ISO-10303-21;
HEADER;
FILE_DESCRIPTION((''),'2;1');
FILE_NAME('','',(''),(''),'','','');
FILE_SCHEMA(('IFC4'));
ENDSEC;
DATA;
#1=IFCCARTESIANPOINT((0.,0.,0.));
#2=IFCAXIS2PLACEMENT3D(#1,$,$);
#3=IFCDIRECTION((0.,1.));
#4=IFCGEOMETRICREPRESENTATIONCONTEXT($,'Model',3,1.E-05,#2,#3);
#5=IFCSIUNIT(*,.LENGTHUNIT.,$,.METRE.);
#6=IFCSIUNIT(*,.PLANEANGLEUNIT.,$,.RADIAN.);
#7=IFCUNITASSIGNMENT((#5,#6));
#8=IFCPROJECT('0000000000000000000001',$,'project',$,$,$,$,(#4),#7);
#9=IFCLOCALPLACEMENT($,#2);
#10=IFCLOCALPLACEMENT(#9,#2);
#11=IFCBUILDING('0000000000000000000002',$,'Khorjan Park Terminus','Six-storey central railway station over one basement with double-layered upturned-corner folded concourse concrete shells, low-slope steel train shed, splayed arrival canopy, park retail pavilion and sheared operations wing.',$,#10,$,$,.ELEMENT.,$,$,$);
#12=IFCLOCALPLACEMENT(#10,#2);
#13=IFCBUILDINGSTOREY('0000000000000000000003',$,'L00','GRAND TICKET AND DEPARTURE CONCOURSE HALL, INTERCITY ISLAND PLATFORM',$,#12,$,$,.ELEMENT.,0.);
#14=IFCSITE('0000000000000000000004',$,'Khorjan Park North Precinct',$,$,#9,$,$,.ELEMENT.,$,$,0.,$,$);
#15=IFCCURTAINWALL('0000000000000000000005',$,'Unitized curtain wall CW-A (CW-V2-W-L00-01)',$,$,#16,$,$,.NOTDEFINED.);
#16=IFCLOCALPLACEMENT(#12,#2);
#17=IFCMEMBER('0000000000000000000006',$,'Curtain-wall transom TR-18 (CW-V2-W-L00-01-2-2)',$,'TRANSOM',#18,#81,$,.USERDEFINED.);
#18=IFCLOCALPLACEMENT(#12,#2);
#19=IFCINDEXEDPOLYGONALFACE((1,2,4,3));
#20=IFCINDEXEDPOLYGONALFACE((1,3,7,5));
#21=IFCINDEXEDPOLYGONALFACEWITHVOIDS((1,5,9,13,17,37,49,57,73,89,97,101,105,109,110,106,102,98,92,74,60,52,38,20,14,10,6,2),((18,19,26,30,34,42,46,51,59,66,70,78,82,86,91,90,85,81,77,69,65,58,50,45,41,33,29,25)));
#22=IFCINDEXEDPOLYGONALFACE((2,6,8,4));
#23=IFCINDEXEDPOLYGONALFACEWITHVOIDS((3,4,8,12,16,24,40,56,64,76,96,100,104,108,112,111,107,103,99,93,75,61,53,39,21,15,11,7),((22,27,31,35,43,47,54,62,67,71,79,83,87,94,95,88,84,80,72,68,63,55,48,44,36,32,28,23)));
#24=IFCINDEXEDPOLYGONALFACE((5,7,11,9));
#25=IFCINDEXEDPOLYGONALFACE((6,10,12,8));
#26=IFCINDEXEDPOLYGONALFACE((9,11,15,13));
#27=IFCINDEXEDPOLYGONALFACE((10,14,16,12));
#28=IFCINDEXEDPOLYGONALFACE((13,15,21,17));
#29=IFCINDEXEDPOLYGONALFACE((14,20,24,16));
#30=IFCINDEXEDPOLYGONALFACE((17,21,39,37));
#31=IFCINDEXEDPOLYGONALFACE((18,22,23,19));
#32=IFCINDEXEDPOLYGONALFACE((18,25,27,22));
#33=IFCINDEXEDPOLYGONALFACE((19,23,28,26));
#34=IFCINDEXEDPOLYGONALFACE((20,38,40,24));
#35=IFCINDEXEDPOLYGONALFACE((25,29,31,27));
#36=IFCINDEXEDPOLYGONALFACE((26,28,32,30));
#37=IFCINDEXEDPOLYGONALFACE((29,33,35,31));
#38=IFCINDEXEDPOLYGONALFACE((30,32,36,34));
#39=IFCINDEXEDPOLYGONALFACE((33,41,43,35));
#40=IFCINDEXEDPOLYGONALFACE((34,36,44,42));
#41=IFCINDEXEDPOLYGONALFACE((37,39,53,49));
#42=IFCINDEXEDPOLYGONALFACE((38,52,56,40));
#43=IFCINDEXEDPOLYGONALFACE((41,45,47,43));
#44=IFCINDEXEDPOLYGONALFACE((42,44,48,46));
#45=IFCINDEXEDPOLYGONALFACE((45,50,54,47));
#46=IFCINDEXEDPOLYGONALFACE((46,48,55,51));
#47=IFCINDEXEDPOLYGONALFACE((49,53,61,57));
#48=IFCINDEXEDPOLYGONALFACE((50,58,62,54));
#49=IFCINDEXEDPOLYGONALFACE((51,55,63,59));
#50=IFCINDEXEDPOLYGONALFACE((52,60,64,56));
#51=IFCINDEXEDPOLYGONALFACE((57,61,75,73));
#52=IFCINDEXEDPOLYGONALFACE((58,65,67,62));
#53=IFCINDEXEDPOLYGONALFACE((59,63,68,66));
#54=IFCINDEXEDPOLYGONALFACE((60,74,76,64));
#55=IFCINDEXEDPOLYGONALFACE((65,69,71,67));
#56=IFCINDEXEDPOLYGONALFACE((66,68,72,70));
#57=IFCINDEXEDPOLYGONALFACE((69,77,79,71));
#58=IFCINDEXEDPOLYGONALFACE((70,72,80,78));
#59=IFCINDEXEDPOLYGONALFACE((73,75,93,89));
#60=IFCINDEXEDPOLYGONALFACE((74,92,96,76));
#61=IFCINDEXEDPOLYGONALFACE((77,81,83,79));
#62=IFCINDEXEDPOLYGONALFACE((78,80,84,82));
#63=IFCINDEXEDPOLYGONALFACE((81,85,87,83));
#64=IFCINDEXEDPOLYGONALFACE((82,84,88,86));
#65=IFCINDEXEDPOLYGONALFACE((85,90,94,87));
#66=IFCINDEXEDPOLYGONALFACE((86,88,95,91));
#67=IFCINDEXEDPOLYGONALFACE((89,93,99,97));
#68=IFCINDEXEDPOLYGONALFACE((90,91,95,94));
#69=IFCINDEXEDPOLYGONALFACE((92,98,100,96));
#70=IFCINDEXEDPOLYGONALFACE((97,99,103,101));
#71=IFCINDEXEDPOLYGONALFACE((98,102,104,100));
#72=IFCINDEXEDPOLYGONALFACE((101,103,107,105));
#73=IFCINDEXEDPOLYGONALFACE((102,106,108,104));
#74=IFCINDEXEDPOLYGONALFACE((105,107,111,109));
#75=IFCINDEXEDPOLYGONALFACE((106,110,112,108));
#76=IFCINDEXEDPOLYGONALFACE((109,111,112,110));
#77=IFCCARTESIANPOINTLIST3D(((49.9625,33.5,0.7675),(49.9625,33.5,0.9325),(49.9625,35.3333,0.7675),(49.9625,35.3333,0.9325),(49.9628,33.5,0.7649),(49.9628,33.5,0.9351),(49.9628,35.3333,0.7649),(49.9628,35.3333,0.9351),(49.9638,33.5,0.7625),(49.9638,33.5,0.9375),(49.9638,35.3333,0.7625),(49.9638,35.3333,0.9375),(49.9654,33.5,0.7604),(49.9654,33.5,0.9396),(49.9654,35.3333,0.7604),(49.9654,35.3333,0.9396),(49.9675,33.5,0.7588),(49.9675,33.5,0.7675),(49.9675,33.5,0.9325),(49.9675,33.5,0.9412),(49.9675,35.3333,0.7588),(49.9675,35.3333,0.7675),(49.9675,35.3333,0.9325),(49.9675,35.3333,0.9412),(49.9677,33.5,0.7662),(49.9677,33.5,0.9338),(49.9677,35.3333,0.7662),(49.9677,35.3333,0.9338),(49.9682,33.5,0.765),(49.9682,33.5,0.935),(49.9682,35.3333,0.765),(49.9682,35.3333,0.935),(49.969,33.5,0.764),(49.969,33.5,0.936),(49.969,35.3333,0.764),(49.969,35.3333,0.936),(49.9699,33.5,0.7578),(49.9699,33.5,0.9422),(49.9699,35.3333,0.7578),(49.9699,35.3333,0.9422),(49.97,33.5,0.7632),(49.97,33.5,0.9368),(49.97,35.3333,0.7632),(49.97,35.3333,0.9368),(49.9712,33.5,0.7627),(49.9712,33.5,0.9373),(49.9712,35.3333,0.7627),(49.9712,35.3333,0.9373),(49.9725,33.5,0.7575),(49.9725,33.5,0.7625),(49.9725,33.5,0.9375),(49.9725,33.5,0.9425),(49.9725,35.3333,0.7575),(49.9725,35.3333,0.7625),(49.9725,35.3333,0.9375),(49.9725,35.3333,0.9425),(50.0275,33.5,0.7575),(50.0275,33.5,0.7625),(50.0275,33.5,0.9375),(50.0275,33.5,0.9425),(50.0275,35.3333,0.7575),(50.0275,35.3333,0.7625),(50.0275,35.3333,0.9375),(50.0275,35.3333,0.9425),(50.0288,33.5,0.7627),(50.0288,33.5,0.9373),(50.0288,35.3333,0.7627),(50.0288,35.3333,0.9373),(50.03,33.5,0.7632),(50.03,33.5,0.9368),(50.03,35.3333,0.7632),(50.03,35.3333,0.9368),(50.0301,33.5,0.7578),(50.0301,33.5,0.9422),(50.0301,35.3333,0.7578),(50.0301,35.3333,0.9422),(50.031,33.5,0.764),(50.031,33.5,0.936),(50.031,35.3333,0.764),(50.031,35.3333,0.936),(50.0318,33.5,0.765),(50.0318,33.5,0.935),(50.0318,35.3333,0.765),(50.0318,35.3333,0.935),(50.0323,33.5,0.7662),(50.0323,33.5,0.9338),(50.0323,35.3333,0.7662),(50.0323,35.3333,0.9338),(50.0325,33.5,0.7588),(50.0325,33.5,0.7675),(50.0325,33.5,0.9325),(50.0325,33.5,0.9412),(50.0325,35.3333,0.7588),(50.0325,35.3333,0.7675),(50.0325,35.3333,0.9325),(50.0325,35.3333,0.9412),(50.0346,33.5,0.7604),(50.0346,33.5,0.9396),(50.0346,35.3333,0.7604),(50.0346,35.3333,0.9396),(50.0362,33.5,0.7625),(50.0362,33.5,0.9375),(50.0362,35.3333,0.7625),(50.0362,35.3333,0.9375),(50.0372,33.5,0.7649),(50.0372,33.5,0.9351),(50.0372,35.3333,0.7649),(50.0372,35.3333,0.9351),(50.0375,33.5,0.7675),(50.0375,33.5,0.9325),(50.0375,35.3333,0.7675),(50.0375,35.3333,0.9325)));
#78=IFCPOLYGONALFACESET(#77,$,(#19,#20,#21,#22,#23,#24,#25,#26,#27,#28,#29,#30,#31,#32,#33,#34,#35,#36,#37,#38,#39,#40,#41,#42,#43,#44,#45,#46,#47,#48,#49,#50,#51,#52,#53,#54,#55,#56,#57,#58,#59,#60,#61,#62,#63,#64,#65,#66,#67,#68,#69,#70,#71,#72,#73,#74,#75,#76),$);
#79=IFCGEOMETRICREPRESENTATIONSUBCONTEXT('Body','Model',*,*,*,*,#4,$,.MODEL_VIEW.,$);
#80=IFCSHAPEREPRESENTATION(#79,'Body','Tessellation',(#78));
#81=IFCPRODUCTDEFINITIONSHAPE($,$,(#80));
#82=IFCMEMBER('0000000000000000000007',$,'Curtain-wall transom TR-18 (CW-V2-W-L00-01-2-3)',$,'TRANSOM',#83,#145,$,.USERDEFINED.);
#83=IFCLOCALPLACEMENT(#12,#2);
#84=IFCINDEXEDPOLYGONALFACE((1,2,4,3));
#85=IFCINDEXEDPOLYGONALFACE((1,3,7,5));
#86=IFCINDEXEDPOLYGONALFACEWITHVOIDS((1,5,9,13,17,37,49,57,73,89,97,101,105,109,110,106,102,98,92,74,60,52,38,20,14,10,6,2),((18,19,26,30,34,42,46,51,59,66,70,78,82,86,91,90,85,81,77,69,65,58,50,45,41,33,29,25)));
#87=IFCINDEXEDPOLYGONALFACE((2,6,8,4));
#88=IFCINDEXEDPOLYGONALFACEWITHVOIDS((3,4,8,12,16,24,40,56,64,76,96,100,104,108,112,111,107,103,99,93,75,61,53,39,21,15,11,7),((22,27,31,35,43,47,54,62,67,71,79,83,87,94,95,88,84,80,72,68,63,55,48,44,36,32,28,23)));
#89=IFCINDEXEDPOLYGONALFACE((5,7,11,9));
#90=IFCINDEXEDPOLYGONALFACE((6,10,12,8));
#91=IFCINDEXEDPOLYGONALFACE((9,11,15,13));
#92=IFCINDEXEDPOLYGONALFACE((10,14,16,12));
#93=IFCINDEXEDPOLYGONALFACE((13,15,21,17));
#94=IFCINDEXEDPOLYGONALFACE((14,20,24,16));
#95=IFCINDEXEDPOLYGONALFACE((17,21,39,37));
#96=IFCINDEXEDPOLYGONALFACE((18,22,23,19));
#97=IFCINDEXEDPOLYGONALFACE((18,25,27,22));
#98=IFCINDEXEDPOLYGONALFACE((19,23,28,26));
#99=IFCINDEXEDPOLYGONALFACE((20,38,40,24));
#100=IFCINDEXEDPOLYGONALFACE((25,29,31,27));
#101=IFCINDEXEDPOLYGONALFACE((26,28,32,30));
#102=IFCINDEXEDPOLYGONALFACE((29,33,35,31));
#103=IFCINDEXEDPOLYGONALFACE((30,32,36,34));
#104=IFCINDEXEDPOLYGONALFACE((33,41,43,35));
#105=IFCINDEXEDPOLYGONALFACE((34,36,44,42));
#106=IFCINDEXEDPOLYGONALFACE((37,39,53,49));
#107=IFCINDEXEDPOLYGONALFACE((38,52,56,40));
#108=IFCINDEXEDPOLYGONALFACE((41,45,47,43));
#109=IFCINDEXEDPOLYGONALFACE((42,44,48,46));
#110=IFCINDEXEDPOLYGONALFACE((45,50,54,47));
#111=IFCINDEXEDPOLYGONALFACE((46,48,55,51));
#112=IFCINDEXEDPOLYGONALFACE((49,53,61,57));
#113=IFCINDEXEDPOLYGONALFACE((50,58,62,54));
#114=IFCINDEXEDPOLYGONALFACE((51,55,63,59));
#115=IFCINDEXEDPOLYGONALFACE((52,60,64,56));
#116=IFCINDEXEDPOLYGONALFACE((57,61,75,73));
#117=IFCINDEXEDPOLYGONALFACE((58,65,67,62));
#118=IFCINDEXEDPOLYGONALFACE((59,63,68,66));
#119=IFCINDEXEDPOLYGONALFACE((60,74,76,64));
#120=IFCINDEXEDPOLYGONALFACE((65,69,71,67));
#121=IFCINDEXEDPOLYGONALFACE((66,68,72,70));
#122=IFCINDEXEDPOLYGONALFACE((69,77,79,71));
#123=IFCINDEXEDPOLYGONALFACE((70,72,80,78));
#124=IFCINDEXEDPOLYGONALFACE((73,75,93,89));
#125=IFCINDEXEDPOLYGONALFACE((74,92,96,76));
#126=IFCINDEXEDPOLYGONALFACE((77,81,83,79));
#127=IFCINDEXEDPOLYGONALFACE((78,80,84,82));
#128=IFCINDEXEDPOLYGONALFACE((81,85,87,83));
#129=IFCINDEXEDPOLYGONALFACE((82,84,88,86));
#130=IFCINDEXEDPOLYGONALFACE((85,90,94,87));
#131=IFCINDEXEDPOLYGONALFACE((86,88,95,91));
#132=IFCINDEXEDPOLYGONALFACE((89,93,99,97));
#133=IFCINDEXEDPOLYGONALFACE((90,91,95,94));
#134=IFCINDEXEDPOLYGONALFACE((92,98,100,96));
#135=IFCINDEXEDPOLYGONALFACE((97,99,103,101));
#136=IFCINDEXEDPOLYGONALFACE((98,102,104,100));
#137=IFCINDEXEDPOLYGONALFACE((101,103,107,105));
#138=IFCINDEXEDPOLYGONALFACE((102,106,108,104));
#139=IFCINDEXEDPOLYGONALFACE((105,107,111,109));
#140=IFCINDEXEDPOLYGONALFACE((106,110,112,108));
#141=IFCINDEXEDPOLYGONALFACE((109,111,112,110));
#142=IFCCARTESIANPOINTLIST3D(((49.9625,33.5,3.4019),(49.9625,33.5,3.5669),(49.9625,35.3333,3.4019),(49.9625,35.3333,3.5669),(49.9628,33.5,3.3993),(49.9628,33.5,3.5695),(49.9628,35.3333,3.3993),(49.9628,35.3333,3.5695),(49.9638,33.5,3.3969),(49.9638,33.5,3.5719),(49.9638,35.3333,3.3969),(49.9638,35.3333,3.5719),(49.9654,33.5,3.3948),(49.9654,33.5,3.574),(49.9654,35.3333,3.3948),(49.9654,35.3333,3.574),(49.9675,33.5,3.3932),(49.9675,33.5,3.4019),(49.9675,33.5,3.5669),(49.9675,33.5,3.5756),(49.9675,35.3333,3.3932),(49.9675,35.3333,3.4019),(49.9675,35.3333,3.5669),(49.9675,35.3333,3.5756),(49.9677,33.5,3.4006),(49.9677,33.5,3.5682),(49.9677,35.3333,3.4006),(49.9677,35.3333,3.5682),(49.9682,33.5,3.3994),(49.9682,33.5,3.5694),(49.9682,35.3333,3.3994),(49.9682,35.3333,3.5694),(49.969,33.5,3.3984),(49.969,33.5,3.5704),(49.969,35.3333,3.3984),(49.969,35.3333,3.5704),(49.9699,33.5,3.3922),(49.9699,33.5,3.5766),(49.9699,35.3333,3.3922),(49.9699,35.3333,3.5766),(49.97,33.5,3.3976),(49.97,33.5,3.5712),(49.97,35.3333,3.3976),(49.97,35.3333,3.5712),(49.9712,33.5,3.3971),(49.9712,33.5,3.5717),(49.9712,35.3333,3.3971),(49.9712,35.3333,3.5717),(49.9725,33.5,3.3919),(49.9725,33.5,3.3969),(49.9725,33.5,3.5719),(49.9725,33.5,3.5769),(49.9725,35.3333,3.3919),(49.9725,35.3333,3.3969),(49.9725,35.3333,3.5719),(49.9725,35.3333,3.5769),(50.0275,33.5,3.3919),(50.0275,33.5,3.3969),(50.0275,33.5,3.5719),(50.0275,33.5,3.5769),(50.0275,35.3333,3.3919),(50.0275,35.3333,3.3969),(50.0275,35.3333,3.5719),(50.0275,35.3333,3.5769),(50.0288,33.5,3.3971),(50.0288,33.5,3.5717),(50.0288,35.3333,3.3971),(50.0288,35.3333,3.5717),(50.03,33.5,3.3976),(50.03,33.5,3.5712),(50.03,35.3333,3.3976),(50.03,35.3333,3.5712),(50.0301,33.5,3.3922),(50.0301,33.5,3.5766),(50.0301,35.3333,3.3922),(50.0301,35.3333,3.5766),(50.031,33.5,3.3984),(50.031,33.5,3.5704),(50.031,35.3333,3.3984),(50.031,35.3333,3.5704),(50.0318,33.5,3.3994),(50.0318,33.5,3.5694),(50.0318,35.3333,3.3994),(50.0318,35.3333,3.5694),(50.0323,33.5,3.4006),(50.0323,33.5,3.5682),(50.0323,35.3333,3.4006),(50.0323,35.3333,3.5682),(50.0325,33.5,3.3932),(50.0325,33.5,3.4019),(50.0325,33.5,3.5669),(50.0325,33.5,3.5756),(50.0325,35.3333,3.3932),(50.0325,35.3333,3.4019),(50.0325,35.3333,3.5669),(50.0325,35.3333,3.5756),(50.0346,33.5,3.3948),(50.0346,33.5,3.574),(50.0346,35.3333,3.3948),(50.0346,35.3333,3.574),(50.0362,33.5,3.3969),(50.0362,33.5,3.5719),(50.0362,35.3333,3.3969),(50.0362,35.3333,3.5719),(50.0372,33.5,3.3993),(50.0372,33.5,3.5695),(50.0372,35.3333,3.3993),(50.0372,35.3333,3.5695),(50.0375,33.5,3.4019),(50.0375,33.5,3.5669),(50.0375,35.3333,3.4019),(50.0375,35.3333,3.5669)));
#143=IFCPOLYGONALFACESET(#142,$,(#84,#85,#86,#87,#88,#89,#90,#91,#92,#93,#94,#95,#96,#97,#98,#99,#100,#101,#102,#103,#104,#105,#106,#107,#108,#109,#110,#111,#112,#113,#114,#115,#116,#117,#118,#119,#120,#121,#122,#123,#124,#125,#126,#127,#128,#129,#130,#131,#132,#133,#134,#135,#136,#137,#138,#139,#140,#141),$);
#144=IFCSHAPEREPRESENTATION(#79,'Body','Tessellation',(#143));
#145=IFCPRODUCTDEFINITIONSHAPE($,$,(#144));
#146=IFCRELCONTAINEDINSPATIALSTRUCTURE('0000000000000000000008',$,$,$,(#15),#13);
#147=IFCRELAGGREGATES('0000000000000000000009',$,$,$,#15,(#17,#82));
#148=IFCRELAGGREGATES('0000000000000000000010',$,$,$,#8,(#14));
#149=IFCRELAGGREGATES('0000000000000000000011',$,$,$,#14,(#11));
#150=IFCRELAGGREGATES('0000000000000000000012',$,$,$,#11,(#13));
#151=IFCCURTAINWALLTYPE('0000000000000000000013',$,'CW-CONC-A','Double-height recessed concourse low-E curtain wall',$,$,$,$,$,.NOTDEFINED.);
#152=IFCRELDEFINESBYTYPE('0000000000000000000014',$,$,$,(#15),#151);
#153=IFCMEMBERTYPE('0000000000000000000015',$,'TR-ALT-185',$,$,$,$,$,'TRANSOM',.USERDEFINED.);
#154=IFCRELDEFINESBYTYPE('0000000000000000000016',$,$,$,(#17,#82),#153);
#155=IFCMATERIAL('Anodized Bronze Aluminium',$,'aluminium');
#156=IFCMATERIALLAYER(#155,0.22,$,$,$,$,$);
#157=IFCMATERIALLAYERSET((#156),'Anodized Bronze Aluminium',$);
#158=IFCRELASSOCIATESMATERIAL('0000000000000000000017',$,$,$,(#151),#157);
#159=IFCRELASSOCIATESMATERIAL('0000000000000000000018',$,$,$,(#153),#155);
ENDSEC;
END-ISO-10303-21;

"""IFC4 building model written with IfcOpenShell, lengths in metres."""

from ifc_helpers import new_model, si_unit, direction, frame, origin, origin_2d, place, context, subcontext, project, spatial, hollow_rectangle, extrude, material, layer, layer_set, material_profile, profile_set, type_object, element, aggregate, save


model = new_model("IFC4")

# Units and contexts
model_context = context("Model", 3, precision=1e-05, world=origin(), true_north=direction((0.0, 1.0)))
body_context = subcontext(model_context, "Body", "Model", "MODEL_VIEW")
ifc_project = project(units=[si_unit("LENGTHUNIT", "METRE"), si_unit("PLANEANGLEUNIT", "RADIAN")], contexts=[model_context])

# Site, building, storey
site_placement = place(None, origin())
site = spatial("IfcSite", under=ifc_project, at=site_placement, Name="Khorjan Park North Precinct", CompositionType="ELEMENT", RefElevation=0.0)
building_placement = place(site_placement, origin())
building = spatial("IfcBuilding", under=site, at=building_placement, Name="Khorjan Park Terminus", Description="Six-storey central railway station over one basement with double-layered upturned-corner folded concourse concrete shells, low-slope steel train shed, splayed arrival canopy, park retail pavilion and sheared operations wing.", CompositionType="ELEMENT")
storey_placement = place(building_placement, origin())
storey = spatial("IfcBuildingStorey", under=building, at=storey_placement, Name="L00", Description="GRAND TICKET AND DEPARTURE CONCOURSE HALL, INTERCITY ISLAND PLATFORM", CompositionType="ELEMENT", Elevation=0.0)

# Curtain wall, members
ifc_material_1 = material(Name="Anodized Bronze Aluminium", Category="aluminium")
ifc_layer_1 = layer(ifc_material_1, 0.22)
ifc_layer_set_1 = layer_set([ifc_layer_1], Name="Anodized Bronze Aluminium")
curtain_wall_type = type_object("IfcCurtainWallType", Name="CW-CONC-A", Description="Double-height recessed concourse low-E curtain wall", PredefinedType="NOTDEFINED", material=ifc_layer_set_1)
curtain_wall_placement = place(storey_placement, origin())
curtain_wall = element("IfcCurtainWall", 1, at=curtain_wall_placement, inside=storey, type_object=curtain_wall_type, Name="Unitized curtain wall CW-A (CW-V2-W-L00-01)", PredefinedType="NOTDEFINED")
ifc_material_profile_1 = material_profile(ifc_material_1, hollow_rectangle(XDim=0.075, YDim=0.185, WallThickness=0.005, InnerFilletRadius=0.005, OuterFilletRadius=0.01, at=origin_2d()), Name="ALT 75x185x5")
ifc_profile_set_1 = profile_set([ifc_material_profile_1], Name="Anodized Bronze Aluminium")
member_type_1 = type_object("IfcMemberType", Name="TR-ALT-185", ElementType="TRANSOM", PredefinedType="USERDEFINED", material=ifc_profile_set_1)
member_1_placement = place(storey_placement, frame((50.0, 35.3333, 0.85), z_axis=(0.0, -1.0, 0.0), x_axis=(1.0, 0.0, 0.0)))
member_1 = element("IfcMember", 2, at=member_1_placement, type_object=member_type_1, Name="Curtain-wall transom TR-18 (CW-V2-W-L00-01-2-2)", ObjectType="TRANSOM", PredefinedType="USERDEFINED", context=body_context, shape_type="SweptSolid", body=[
    extrude(hollow_rectangle(XDim=0.075, YDim=0.185, WallThickness=0.005, InnerFilletRadius=0.005, OuterFilletRadius=0.01, at=origin_2d()), origin(), (0.0, 0.0, 1.0), 1.8333),
])
member_2_placement = place(storey_placement, frame((50.0, 35.3333, 3.4844), z_axis=(0.0, -1.0, 0.0), x_axis=(1.0, 0.0, 0.0)))
member_2 = element("IfcMember", 3, at=member_2_placement, type_object=member_type_1, Name="Curtain-wall transom TR-18 (CW-V2-W-L00-01-2-3)", ObjectType="TRANSOM", PredefinedType="USERDEFINED", context=body_context, shape_type="SweptSolid", body=[
    extrude(hollow_rectangle(XDim=0.075, YDim=0.185, WallThickness=0.005, InnerFilletRadius=0.005, OuterFilletRadius=0.01, at=origin_2d()), origin(), (0.0, 0.0, 1.0), 1.8333),
])
aggregate(curtain_wall, [member_1, member_2])

save(model, "model.ifc")
